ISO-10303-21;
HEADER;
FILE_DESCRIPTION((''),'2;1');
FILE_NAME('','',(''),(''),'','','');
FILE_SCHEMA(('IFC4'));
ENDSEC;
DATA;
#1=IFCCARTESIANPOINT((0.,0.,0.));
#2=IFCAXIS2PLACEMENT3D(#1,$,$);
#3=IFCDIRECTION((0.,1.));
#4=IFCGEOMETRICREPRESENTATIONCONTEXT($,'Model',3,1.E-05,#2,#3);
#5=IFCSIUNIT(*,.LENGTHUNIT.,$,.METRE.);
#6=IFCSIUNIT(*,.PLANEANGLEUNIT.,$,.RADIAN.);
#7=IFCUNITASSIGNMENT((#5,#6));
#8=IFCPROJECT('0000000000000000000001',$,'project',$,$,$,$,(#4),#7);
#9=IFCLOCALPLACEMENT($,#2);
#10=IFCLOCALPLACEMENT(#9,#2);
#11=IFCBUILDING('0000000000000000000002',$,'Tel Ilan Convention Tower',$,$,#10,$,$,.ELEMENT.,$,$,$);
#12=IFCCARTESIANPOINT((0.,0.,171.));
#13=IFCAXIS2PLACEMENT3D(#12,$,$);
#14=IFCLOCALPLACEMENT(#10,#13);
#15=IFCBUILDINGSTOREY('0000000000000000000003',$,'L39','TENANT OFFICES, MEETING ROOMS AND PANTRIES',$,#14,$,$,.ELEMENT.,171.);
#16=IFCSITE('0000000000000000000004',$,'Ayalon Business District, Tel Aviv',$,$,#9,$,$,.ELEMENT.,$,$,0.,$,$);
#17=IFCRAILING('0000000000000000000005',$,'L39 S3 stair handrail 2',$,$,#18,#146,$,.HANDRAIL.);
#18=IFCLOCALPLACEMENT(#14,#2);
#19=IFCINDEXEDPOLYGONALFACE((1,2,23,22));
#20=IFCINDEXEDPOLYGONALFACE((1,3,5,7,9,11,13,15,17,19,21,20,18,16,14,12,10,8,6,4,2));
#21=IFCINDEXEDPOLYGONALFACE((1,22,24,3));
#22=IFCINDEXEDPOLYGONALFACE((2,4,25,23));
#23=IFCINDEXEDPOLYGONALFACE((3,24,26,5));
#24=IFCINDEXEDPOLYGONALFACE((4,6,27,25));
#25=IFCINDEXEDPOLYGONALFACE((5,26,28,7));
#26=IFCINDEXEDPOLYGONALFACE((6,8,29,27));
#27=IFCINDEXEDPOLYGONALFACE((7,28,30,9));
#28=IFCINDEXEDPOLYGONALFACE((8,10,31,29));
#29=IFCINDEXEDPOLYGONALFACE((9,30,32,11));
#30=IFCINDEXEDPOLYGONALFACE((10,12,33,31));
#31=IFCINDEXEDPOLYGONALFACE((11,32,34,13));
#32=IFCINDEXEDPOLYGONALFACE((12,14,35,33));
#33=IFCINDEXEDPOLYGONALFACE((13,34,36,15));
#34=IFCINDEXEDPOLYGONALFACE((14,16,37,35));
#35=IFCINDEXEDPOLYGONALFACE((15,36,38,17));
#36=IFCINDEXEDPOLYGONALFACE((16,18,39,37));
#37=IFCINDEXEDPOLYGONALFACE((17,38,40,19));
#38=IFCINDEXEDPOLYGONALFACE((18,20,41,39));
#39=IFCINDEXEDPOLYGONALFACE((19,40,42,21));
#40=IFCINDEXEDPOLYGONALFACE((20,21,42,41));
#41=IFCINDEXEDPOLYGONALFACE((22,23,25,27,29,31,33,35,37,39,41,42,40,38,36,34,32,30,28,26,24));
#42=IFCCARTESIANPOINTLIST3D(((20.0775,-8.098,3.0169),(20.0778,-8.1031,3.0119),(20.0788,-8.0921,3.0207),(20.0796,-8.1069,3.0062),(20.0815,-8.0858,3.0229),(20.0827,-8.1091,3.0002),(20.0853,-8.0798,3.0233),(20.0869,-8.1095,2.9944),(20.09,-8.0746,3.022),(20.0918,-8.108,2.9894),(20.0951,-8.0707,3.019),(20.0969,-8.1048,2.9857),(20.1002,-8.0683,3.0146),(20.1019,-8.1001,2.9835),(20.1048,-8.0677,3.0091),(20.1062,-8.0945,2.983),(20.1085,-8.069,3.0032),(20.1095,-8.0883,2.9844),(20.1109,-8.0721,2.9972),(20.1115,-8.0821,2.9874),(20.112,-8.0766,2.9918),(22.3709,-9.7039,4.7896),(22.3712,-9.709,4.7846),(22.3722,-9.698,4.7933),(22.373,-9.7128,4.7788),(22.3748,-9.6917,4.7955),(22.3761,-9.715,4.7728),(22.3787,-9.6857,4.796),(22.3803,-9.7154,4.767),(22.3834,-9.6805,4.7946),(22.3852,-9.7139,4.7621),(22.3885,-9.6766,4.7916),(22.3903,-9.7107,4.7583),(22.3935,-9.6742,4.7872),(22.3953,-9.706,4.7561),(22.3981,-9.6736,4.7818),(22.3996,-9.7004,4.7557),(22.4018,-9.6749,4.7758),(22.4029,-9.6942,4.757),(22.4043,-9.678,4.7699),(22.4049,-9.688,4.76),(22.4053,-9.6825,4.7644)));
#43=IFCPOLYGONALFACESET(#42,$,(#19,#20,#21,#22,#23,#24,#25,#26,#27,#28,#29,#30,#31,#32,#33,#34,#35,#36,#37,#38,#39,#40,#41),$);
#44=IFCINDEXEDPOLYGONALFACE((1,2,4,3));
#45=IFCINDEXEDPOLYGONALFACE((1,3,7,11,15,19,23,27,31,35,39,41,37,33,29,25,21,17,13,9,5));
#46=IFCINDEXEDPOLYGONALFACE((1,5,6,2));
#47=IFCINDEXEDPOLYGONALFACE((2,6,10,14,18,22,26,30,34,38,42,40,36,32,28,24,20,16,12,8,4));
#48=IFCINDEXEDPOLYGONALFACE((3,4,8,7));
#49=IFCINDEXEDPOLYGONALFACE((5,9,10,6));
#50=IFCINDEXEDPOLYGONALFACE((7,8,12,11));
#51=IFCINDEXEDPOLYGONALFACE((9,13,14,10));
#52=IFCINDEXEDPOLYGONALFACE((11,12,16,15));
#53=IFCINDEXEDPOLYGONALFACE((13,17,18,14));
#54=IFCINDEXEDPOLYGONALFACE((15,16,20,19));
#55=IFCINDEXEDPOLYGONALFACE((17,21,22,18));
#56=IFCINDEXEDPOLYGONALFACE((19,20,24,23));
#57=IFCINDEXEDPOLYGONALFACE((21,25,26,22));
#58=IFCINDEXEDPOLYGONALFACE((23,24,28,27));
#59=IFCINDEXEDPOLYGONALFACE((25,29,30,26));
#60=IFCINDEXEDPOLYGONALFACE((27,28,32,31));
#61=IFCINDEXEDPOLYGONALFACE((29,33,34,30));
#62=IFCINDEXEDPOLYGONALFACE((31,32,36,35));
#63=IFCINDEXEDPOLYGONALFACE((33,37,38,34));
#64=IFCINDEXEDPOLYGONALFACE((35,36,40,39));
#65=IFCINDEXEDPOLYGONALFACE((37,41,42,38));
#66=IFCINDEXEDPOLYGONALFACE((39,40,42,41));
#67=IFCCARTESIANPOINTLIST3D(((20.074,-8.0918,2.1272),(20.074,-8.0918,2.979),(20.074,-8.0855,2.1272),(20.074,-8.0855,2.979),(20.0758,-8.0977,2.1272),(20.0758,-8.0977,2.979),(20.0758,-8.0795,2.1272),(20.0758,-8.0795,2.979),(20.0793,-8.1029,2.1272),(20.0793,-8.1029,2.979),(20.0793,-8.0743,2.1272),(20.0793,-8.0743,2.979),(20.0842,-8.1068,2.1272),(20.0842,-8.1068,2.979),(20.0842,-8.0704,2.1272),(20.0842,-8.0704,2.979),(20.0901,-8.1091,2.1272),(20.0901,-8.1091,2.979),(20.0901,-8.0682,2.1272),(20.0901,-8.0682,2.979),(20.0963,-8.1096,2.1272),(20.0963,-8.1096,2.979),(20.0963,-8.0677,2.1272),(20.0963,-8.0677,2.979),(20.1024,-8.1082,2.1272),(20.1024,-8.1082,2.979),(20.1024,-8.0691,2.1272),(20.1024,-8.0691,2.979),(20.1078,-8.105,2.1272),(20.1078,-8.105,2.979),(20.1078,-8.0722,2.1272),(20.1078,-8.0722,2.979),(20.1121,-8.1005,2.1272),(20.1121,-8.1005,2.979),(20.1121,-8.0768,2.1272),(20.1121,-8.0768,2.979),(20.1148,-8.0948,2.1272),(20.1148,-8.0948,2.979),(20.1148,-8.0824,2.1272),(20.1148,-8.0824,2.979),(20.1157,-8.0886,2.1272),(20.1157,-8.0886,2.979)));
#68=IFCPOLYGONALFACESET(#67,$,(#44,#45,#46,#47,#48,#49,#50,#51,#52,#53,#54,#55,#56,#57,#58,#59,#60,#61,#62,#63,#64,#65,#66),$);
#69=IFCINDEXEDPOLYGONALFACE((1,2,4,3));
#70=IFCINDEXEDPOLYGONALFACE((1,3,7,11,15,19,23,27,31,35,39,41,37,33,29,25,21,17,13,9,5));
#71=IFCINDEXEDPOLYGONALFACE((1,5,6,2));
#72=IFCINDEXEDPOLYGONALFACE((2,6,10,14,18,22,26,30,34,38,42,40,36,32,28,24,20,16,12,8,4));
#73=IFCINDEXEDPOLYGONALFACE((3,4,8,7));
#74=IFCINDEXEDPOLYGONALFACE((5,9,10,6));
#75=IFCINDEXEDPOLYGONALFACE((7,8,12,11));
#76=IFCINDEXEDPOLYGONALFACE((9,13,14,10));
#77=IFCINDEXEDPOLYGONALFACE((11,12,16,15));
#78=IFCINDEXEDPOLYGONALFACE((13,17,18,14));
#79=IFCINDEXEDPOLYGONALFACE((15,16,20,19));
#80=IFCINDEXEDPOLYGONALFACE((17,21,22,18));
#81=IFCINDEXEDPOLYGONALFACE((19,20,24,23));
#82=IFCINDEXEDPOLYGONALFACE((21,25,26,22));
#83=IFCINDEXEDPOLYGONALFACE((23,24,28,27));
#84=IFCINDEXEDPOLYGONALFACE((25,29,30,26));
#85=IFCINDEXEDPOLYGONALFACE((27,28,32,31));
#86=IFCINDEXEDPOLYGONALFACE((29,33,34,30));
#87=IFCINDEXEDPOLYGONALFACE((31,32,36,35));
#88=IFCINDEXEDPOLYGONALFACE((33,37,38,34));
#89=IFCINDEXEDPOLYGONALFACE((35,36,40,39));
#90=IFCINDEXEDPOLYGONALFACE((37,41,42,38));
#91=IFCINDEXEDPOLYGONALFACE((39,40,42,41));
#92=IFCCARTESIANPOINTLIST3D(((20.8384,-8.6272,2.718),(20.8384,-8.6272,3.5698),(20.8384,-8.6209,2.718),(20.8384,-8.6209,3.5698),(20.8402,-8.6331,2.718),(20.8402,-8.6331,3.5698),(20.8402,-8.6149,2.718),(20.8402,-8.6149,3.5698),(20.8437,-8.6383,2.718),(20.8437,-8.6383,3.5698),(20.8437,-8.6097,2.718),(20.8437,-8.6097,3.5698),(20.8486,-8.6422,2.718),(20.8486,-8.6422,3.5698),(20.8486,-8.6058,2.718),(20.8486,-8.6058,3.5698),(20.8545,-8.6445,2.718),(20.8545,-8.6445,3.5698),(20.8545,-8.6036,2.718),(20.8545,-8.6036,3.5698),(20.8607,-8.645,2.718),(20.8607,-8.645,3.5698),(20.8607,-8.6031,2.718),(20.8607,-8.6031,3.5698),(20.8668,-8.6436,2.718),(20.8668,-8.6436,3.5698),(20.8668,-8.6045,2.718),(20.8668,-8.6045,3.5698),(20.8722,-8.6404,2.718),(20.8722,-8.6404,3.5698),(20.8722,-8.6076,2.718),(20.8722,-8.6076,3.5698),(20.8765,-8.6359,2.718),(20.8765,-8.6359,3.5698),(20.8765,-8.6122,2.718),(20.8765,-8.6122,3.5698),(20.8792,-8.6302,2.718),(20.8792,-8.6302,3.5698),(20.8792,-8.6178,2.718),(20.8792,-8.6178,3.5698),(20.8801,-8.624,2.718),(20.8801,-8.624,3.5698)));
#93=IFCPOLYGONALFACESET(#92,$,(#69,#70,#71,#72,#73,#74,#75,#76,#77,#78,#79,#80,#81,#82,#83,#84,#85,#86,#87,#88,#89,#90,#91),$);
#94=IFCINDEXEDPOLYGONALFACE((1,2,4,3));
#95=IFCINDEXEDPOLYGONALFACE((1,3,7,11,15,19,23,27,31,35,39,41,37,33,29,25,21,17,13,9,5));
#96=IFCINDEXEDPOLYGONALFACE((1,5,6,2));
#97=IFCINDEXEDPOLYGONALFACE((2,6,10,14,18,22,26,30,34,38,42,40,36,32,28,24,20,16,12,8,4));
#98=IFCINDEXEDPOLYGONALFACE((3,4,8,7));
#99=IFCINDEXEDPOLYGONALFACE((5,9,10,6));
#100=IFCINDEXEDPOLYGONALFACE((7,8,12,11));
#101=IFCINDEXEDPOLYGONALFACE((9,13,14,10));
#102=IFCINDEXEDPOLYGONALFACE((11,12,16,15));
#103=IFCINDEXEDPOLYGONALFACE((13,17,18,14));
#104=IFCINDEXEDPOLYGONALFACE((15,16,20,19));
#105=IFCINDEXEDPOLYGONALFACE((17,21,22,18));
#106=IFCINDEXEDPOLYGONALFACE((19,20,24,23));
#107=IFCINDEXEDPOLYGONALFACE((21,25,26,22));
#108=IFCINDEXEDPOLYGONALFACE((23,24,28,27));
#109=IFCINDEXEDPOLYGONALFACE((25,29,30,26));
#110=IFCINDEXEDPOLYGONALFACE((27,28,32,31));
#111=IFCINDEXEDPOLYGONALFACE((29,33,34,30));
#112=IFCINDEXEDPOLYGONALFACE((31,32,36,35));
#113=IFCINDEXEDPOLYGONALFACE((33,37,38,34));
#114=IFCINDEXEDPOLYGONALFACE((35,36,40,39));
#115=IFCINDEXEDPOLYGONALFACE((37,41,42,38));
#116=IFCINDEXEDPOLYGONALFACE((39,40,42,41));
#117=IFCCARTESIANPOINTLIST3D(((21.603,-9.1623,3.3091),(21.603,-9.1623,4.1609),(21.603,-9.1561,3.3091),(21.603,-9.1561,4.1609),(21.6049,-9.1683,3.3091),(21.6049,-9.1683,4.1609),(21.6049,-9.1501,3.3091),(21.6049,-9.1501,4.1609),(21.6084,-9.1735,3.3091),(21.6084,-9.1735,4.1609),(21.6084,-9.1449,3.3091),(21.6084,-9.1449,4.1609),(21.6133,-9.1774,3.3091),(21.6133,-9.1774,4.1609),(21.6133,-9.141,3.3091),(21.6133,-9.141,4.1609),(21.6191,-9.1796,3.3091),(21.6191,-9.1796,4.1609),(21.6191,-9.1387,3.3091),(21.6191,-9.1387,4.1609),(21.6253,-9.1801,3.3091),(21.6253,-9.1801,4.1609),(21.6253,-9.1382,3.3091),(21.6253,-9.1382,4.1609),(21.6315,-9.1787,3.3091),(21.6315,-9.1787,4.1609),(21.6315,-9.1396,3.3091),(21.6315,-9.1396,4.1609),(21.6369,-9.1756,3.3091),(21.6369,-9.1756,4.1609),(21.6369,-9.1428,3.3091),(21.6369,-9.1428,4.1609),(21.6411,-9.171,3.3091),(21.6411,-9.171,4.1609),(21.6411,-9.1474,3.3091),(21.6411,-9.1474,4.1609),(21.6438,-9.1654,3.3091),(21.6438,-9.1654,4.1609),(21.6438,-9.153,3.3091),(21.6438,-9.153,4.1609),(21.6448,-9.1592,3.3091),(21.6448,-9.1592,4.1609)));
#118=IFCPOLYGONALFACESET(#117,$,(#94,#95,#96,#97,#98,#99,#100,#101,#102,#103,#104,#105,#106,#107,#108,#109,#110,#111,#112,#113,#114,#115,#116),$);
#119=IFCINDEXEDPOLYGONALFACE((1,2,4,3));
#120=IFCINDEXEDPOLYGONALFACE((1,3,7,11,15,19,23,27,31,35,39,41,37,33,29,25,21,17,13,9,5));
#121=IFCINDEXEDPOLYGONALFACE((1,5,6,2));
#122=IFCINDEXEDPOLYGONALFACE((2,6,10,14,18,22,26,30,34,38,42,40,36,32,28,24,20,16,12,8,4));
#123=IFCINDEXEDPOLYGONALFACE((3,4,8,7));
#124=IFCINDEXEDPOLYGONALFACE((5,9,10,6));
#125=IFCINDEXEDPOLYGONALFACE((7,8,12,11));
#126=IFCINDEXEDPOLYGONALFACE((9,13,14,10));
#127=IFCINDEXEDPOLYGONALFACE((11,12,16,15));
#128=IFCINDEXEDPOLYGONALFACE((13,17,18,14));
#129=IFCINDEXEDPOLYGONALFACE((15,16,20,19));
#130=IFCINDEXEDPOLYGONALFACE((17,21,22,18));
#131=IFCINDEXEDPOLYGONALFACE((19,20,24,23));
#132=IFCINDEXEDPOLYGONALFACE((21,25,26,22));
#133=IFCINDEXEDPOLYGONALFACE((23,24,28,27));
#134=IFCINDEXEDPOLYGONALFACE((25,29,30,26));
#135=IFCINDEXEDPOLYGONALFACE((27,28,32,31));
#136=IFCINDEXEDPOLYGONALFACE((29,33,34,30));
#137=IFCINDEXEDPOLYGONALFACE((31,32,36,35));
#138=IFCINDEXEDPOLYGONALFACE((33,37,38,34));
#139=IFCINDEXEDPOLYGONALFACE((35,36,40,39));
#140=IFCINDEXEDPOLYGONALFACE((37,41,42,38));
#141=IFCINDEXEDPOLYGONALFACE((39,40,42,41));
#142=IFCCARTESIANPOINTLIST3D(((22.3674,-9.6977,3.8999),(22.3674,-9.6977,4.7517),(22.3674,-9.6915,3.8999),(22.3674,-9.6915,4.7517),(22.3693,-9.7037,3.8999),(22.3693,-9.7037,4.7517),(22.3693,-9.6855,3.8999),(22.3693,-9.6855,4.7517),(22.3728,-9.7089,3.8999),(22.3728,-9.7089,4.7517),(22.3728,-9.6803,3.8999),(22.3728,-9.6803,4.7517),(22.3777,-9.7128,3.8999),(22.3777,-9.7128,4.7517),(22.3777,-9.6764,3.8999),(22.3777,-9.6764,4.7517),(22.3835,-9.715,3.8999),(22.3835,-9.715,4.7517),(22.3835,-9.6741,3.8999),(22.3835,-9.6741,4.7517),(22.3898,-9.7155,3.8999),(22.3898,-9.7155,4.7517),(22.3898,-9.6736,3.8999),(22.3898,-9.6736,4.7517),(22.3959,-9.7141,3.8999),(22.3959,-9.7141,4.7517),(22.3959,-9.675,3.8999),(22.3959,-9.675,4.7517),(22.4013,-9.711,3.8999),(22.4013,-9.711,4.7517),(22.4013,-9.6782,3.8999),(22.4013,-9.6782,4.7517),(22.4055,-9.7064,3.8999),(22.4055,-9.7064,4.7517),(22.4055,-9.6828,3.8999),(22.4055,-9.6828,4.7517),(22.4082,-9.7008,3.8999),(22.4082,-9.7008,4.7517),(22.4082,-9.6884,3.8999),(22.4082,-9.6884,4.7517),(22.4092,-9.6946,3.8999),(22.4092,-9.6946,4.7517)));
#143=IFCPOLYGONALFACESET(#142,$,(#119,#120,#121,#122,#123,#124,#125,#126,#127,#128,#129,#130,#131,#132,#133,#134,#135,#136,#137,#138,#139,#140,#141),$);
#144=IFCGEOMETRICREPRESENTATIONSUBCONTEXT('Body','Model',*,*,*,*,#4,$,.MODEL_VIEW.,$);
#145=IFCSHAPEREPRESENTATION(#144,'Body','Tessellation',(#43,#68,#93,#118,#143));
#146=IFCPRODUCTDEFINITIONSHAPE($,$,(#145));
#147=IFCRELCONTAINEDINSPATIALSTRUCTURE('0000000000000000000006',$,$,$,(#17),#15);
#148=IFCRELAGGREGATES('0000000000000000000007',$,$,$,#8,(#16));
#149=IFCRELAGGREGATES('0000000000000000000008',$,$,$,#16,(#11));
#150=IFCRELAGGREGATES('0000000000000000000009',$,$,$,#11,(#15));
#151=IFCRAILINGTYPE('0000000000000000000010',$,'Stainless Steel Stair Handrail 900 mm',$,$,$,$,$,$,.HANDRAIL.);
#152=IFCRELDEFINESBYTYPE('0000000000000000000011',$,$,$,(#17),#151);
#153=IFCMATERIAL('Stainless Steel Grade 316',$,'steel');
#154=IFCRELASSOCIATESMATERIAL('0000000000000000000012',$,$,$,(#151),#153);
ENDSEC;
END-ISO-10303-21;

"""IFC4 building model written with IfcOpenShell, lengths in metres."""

from ifc_helpers import new_model, si_unit, direction, frame, origin, origin_2d, place, context, subcontext, project, spatial, circle, extrude, material, type_object, element, save


model = new_model("IFC4")

# Units and contexts
model_context = context("Model", 3, precision=1e-05, world=origin(), true_north=direction((0.0, 1.0)))
body_context = subcontext(model_context, "Body", "Model", "MODEL_VIEW")
ifc_project = project(units=[si_unit("LENGTHUNIT", "METRE"), si_unit("PLANEANGLEUNIT", "RADIAN")], contexts=[model_context])

# Site, building, storey
site_placement = place(None, origin())
site = spatial("IfcSite", under=ifc_project, at=site_placement, Name="Ayalon Business District, Tel Aviv", CompositionType="ELEMENT", RefElevation=0.0)
building_placement = place(site_placement, origin())
building = spatial("IfcBuilding", under=site, at=building_placement, Name="Tel Ilan Convention Tower", CompositionType="ELEMENT")
storey_placement = place(building_placement, frame((0.0, 0.0, 171.0)))
storey = spatial("IfcBuildingStorey", under=building, at=storey_placement, Name="L39", Description="TENANT OFFICES, MEETING ROOMS AND PANTRIES", CompositionType="ELEMENT", Elevation=171.0)

# Railing
ifc_material_1 = material(Name="Stainless Steel Grade 316", Category="steel")
railing_type_1 = type_object("IfcRailingType", Name="Stainless Steel Stair Handrail 900 mm", PredefinedType="HANDRAIL", material=ifc_material_1)
railing_1_placement = place(storey_placement, frame((20.0947, -8.0886, 2.1272)))
element("IfcRailing", 1, at=railing_1_placement, inside=storey, type_object=railing_type_1, Name="L39 S3 stair handrail 2", PredefinedType="HANDRAIL", context=body_context, shape_type="SweptSolid", body=[
    extrude(circle(Radius=0.0239, at=origin_2d()), frame((0.0, 0.0, 0.876), z_axis=(0.692085, -0.484621, 0.53494), x_axis=(0.573591, 0.819142, 0.0)), (0.0, 0.0, 1.0), 3.3137),
    extrude(circle(Radius=0.021, at=origin_2d()), origin(), (0.0, 0.0, 1.0), 0.8518),
    extrude(circle(Radius=0.021, at=origin_2d()), frame((0.7644, -0.5354, 0.5908)), (0.0, 0.0, 1.0), 0.8518),
    extrude(circle(Radius=0.021, at=origin_2d()), frame((1.5291, -1.0706, 1.1819)), (0.0, 0.0, 1.0), 0.8518),
    extrude(circle(Radius=0.021, at=origin_2d()), frame((2.2935, -1.606, 1.7727)), (0.0, 0.0, 1.0), 0.8518),
])

save(model, "model.ifc")
